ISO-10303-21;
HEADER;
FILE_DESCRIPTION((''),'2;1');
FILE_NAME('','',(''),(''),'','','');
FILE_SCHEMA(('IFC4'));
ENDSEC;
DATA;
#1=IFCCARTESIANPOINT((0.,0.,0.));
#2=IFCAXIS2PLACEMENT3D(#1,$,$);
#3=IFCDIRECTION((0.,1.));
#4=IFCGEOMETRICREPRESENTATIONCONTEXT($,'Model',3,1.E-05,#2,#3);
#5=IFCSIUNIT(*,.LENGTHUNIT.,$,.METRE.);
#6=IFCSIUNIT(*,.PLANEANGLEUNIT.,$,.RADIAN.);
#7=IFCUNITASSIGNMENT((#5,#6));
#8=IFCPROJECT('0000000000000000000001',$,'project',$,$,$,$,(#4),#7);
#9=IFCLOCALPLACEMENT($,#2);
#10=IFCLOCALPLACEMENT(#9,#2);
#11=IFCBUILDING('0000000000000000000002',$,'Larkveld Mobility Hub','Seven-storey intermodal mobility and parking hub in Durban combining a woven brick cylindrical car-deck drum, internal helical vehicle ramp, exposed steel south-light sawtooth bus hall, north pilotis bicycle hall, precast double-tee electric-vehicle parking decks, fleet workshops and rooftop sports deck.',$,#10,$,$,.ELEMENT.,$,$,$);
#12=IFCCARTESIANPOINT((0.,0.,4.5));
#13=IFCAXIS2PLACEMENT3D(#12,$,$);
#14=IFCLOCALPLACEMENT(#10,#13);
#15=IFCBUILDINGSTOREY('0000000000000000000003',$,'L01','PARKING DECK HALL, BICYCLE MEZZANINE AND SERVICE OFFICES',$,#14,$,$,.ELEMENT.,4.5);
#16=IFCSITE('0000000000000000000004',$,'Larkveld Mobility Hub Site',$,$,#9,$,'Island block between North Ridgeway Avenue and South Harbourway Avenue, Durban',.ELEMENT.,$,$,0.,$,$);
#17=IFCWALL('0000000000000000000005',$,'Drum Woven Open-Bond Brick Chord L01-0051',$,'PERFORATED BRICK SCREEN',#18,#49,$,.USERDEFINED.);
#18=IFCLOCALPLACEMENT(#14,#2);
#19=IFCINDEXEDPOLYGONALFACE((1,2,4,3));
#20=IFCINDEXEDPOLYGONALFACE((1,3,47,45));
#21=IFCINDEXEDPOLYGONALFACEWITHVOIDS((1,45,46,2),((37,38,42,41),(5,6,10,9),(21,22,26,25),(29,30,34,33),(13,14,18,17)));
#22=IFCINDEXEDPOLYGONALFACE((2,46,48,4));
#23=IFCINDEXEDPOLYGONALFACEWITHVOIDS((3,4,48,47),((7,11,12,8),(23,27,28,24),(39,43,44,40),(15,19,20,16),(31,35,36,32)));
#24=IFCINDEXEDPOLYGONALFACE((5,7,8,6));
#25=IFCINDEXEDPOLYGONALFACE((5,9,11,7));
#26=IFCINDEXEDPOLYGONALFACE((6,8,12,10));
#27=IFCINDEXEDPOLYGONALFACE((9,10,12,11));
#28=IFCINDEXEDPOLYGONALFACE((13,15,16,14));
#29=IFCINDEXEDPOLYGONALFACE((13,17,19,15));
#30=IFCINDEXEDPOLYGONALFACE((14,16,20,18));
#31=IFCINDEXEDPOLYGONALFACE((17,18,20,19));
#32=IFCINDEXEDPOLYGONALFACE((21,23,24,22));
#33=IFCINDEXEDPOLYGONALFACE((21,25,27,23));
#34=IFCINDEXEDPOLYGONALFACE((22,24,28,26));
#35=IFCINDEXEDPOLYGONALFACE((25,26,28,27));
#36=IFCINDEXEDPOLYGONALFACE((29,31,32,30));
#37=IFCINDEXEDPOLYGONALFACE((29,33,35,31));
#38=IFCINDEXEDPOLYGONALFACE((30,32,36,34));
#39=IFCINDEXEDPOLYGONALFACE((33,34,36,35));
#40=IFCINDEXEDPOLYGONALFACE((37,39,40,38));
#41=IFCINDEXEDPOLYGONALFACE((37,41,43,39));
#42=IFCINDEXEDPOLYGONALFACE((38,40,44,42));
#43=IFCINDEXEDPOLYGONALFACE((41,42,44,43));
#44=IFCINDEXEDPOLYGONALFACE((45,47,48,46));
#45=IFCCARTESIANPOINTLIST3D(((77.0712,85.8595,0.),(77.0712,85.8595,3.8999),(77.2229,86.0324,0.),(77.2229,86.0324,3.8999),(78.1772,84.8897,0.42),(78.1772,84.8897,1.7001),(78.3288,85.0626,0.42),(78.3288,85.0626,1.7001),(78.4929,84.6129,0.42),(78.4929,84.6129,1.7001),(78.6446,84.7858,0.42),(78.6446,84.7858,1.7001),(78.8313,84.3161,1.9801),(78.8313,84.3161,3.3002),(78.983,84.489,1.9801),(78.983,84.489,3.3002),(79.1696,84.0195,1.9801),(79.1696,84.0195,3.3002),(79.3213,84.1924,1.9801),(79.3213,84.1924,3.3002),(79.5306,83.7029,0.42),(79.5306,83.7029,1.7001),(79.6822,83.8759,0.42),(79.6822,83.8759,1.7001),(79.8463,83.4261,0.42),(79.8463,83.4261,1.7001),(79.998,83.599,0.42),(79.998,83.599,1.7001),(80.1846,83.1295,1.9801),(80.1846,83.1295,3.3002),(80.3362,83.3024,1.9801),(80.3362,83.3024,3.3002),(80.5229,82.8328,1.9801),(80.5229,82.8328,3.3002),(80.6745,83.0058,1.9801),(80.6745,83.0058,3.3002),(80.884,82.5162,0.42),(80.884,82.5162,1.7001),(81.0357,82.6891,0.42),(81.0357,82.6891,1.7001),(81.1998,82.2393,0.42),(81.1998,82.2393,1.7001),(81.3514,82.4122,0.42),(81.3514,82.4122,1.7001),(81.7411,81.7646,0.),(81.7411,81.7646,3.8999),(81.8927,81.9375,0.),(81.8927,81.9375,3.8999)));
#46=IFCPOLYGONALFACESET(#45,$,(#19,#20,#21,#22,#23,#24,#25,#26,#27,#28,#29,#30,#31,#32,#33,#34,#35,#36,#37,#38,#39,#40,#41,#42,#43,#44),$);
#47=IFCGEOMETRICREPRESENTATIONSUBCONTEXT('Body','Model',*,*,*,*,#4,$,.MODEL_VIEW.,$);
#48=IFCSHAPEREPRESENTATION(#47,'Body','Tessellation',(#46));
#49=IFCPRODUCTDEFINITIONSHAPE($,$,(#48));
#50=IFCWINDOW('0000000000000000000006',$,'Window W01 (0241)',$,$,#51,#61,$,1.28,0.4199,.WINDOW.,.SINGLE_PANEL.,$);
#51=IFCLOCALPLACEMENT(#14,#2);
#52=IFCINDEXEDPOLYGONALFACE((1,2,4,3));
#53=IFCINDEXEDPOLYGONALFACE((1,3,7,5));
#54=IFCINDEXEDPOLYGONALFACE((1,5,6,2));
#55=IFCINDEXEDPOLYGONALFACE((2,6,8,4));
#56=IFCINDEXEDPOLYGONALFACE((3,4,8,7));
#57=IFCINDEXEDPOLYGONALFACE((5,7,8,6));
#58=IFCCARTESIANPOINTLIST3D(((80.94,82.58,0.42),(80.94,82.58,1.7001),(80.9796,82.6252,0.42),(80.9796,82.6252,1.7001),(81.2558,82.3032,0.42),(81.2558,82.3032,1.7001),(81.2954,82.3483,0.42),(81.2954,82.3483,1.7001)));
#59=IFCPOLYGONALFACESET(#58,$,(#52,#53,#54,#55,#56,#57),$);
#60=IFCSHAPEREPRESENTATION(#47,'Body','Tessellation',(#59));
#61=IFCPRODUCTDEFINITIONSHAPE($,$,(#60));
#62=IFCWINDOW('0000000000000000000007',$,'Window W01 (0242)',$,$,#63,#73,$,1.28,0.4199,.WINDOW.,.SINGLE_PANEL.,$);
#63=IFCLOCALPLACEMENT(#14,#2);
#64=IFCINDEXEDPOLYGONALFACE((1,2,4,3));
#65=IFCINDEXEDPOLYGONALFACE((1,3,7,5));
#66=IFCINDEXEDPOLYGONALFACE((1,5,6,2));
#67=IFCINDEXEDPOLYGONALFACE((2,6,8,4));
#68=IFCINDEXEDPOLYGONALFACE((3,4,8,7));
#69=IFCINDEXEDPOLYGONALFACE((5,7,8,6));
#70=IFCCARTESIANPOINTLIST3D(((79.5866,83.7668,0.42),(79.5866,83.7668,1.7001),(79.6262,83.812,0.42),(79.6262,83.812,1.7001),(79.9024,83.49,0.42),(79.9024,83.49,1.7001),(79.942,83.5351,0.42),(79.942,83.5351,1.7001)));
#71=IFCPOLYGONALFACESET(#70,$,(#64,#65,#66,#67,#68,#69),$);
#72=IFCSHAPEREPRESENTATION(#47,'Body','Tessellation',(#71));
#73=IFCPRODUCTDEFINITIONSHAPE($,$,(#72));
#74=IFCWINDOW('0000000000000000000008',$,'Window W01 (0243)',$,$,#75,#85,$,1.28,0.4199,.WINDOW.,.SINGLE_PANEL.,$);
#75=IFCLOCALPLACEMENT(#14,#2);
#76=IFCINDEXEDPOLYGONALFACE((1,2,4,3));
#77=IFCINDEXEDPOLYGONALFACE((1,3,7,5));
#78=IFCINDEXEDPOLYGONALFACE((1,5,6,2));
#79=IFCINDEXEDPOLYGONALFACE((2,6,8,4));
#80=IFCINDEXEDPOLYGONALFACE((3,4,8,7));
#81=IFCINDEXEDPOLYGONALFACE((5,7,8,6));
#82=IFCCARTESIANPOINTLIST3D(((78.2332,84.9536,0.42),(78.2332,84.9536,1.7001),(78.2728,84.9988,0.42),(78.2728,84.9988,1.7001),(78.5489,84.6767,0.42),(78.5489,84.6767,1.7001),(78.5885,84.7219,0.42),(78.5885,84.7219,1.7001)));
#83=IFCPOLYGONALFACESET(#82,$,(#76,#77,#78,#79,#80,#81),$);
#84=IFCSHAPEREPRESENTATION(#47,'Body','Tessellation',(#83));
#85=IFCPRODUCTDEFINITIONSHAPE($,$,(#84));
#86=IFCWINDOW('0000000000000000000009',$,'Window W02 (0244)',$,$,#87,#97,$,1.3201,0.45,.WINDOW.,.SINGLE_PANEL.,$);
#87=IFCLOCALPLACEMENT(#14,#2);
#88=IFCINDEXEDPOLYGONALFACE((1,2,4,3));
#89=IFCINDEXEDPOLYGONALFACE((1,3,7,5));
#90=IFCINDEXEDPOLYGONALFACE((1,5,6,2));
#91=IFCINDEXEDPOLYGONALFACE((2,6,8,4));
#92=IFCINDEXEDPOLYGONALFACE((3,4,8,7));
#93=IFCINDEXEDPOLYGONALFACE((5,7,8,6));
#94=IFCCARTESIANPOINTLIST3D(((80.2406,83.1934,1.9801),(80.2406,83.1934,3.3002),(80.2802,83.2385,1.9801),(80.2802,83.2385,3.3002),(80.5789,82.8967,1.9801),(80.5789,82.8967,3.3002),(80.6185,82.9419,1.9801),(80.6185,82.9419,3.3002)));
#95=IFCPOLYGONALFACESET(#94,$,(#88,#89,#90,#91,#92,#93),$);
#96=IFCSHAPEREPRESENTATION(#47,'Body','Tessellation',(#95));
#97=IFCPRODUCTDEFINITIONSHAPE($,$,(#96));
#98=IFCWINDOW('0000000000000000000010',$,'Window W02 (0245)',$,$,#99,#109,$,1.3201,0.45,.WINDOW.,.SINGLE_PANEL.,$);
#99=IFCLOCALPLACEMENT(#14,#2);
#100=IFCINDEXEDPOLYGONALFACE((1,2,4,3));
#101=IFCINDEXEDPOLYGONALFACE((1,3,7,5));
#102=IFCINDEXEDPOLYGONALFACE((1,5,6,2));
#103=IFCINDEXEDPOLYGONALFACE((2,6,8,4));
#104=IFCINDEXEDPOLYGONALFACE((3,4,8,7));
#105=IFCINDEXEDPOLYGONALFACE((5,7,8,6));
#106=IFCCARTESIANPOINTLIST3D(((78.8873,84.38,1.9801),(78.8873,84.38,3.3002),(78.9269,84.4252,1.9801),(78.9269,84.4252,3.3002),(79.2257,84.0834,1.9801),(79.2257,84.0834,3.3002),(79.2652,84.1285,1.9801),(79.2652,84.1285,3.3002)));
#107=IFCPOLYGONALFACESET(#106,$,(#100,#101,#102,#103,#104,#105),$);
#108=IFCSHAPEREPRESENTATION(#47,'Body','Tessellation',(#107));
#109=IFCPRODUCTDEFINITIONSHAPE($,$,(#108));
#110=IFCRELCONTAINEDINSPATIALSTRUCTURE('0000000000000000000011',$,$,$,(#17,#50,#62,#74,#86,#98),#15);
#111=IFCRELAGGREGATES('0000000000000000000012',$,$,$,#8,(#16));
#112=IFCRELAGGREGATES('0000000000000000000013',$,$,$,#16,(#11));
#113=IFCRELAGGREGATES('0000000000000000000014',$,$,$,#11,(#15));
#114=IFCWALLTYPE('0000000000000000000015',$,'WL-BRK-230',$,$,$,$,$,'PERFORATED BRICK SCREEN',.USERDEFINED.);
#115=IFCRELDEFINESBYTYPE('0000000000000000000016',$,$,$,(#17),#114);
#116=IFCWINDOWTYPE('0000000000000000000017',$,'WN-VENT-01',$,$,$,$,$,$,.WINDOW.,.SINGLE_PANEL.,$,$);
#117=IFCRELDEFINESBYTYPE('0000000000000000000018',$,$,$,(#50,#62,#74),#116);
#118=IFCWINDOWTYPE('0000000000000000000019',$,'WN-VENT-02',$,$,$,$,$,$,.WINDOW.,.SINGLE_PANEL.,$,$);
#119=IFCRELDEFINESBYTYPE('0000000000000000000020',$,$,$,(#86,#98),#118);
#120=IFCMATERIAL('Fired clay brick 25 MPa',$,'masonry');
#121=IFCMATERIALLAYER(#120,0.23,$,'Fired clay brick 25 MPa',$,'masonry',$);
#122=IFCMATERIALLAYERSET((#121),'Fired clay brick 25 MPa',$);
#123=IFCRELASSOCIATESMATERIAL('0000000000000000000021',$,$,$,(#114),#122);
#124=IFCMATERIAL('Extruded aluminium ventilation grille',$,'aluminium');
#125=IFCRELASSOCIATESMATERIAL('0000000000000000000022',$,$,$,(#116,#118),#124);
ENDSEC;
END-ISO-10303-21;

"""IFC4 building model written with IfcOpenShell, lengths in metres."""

from ifc_helpers import new_model, si_unit, direction, frame, frame_2d, origin, place, context, subcontext, project, spatial, rectangle, extrude, material, layer, layer_set, type_object, element, fill, save


model = new_model("IFC4")

# Units and contexts
model_context = context("Model", 3, precision=1e-05, world=origin(), true_north=direction((0.0, 1.0)))
body_context = subcontext(model_context, "Body", "Model", "MODEL_VIEW")
ifc_project = project(units=[si_unit("LENGTHUNIT", "METRE"), si_unit("PLANEANGLEUNIT", "RADIAN")], contexts=[model_context])

# Site, building, storey
site_placement = place(None, origin())
site = spatial("IfcSite", under=ifc_project, at=site_placement, Name="Larkveld Mobility Hub Site", LongName="Island block between North Ridgeway Avenue and South Harbourway Avenue, Durban", CompositionType="ELEMENT", RefElevation=0.0)
building_placement = place(site_placement, origin())
building = spatial("IfcBuilding", under=site, at=building_placement, Name="Larkveld Mobility Hub", Description="Seven-storey intermodal mobility and parking hub in Durban combining a woven brick cylindrical car-deck drum, internal helical vehicle ramp, exposed steel south-light sawtooth bus hall, north pilotis bicycle hall, precast double-tee electric-vehicle parking decks, fleet workshops and rooftop sports deck.", CompositionType="ELEMENT")
storey_placement = place(building_placement, frame((0.0, 0.0, 4.5)))
storey = spatial("IfcBuildingStorey", under=building, at=storey_placement, Name="L01", Description="PARKING DECK HALL, BICYCLE MEZZANINE AND SERVICE OFFICES", CompositionType="ELEMENT", Elevation=4.5)

# Wall, openings, windows
ifc_material_1 = material(Name="Fired clay brick 25 MPa", Category="masonry")
ifc_layer_1 = layer(ifc_material_1, 0.23, Name="Fired clay brick 25 MPa", Category="masonry")
ifc_layer_set_1 = layer_set([ifc_layer_1], Name="Fired clay brick 25 MPa")
wall_type_1 = type_object("IfcWallType", Name="WL-BRK-230", ElementType="PERFORATED BRICK SCREEN", PredefinedType="USERDEFINED", material=ifc_layer_set_1)
wall_1_placement = place(storey_placement, frame((81.8169, 81.8511, 0.0), z_axis=(0.0, 0.0, 1.0), x_axis=(-0.751875, 0.659306, 0.0)))
wall_1 = element("IfcWall", 1, at=wall_1_placement, inside=storey, type_object=wall_type_1, Name="Drum Woven Open-Bond Brick Chord L01-0051", ObjectType="PERFORATED BRICK SCREEN", PredefinedType="USERDEFINED", context=body_context, shape_type="SweptSolid", body=[
    extrude(rectangle(XDim=6.2109, YDim=0.23, at=frame_2d((3.1055, 0.0))), origin(), (0.0, 0.0, 1.0), 3.8999),
])
opening_1_placement = place(wall_1_placement, frame((0.72, 0.0, 0.4199)))
opening_1 = element("IfcOpeningElement", 2, at=opening_1_placement, cuts=wall_1, PredefinedType="OPENING", context=body_context, shape_type="SweptSolid", body=[
    extrude(rectangle(XDim=0.4199, YDim=1.28, at=frame_2d((0.21, 0.6401))), frame((0.0, 0.125, 0.0), z_axis=(0.0, -1.0, 0.0), x_axis=(1.0, 0.0, 0.0)), (0.0, 0.0, 1.0), 0.25),
])
opening_2_placement = place(wall_1_placement, frame((2.52, 0.0, 0.4199)))
opening_2 = element("IfcOpeningElement", 3, at=opening_2_placement, cuts=wall_1, PredefinedType="OPENING", context=body_context, shape_type="SweptSolid", body=[
    extrude(rectangle(XDim=0.4199, YDim=1.28, at=frame_2d((0.21, 0.6401))), frame((0.0, 0.125, 0.0), z_axis=(0.0, -1.0, 0.0), x_axis=(1.0, 0.0, 0.0)), (0.0, 0.0, 1.0), 0.25),
])
opening_3_placement = place(wall_1_placement, frame((4.3201, 0.0, 0.4199)))
opening_3 = element("IfcOpeningElement", 4, at=opening_3_placement, cuts=wall_1, PredefinedType="OPENING", context=body_context, shape_type="SweptSolid", body=[
    extrude(rectangle(XDim=0.4199, YDim=1.28, at=frame_2d((0.21, 0.6401))), frame((0.0, 0.125, 0.0), z_axis=(0.0, -1.0, 0.0), x_axis=(1.0, 0.0, 0.0)), (0.0, 0.0, 1.0), 0.25),
])
opening_4_placement = place(wall_1_placement, frame((1.6201, 0.0, 1.98)))
opening_4 = element("IfcOpeningElement", 5, at=opening_4_placement, cuts=wall_1, PredefinedType="OPENING", context=body_context, shape_type="SweptSolid", body=[
    extrude(rectangle(XDim=0.45, YDim=1.3201, at=frame_2d((0.2251, 0.6602))), frame((0.0, 0.125, 0.0), z_axis=(0.0, -1.0, 0.0), x_axis=(1.0, 0.0, 0.0)), (0.0, 0.0, 1.0), 0.25),
])
opening_5_placement = place(wall_1_placement, frame((3.4199, 0.0, 1.98)))
opening_5 = element("IfcOpeningElement", 6, at=opening_5_placement, cuts=wall_1, PredefinedType="OPENING", context=body_context, shape_type="SweptSolid", body=[
    extrude(rectangle(XDim=0.45, YDim=1.3201, at=frame_2d((0.2251, 0.6602))), frame((0.0, 0.125, 0.0), z_axis=(0.0, -1.0, 0.0), x_axis=(1.0, 0.0, 0.0)), (0.0, 0.0, 1.0), 0.25),
])
ifc_material_2 = material(Name="Extruded aluminium ventilation grille", Category="aluminium")
window_type_1 = type_object("IfcWindowType", Name="WN-VENT-01", PartitioningType="SINGLE_PANEL", PredefinedType="WINDOW", material=ifc_material_2)
window_1_placement = place(opening_1_placement, origin())
window_1 = element("IfcWindow", 7, at=window_1_placement, inside=storey, type_object=window_type_1, Name="Window W01 (0241)", OverallHeight=1.28, OverallWidth=0.4199, PartitioningType="SINGLE_PANEL", PredefinedType="WINDOW", context=body_context, shape_type="SweptSolid", body=[
    extrude(rectangle(XDim=0.4199, YDim=1.28, at=frame_2d((0.21, 0.6401))), frame((0.0, 0.03, 0.0), z_axis=(0.0, -1.0, 0.0), x_axis=(1.0, 0.0, 0.0)), (0.0, 0.0, 1.0), 0.0601),
])
fill(opening_1, window_1)
window_2_placement = place(opening_2_placement, origin())
window_2 = element("IfcWindow", 8, at=window_2_placement, inside=storey, type_object=window_type_1, Name="Window W01 (0242)", OverallHeight=1.28, OverallWidth=0.4199, PartitioningType="SINGLE_PANEL", PredefinedType="WINDOW", context=body_context, shape_type="SweptSolid", body=[
    extrude(rectangle(XDim=0.4199, YDim=1.28, at=frame_2d((0.21, 0.6401))), frame((0.0, 0.03, 0.0), z_axis=(0.0, -1.0, 0.0), x_axis=(1.0, 0.0, 0.0)), (0.0, 0.0, 1.0), 0.0601),
])
fill(opening_2, window_2)
window_3_placement = place(opening_3_placement, origin())
window_3 = element("IfcWindow", 9, at=window_3_placement, inside=storey, type_object=window_type_1, Name="Window W01 (0243)", OverallHeight=1.28, OverallWidth=0.4199, PartitioningType="SINGLE_PANEL", PredefinedType="WINDOW", context=body_context, shape_type="SweptSolid", body=[
    extrude(rectangle(XDim=0.4199, YDim=1.28, at=frame_2d((0.21, 0.6401))), frame((0.0, 0.03, 0.0), z_axis=(0.0, -1.0, 0.0), x_axis=(1.0, 0.0, 0.0)), (0.0, 0.0, 1.0), 0.0601),
])
fill(opening_3, window_3)
window_type_2 = type_object("IfcWindowType", Name="WN-VENT-02", PartitioningType="SINGLE_PANEL", PredefinedType="WINDOW", material=ifc_material_2)
window_4_placement = place(opening_4_placement, origin())
window_4 = element("IfcWindow", 10, at=window_4_placement, inside=storey, type_object=window_type_2, Name="Window W02 (0244)", OverallHeight=1.3201, OverallWidth=0.45, PartitioningType="SINGLE_PANEL", PredefinedType="WINDOW", context=body_context, shape_type="SweptSolid", body=[
    extrude(rectangle(XDim=0.45, YDim=1.3201, at=frame_2d((0.2251, 0.6602))), frame((0.0, 0.03, 0.0), z_axis=(0.0, -1.0, 0.0), x_axis=(1.0, 0.0, 0.0)), (0.0, 0.0, 1.0), 0.0601),
])
fill(opening_4, window_4)
window_5_placement = place(opening_5_placement, origin())
window_5 = element("IfcWindow", 11, at=window_5_placement, inside=storey, type_object=window_type_2, Name="Window W02 (0245)", OverallHeight=1.3201, OverallWidth=0.45, PartitioningType="SINGLE_PANEL", PredefinedType="WINDOW", context=body_context, shape_type="SweptSolid", body=[
    extrude(rectangle(XDim=0.45, YDim=1.3201, at=frame_2d((0.2251, 0.6602))), frame((0.0, 0.03, 0.0), z_axis=(0.0, -1.0, 0.0), x_axis=(1.0, 0.0, 0.0)), (0.0, 0.0, 1.0), 0.0601),
])
fill(opening_5, window_5)

save(model, "model.ifc")
